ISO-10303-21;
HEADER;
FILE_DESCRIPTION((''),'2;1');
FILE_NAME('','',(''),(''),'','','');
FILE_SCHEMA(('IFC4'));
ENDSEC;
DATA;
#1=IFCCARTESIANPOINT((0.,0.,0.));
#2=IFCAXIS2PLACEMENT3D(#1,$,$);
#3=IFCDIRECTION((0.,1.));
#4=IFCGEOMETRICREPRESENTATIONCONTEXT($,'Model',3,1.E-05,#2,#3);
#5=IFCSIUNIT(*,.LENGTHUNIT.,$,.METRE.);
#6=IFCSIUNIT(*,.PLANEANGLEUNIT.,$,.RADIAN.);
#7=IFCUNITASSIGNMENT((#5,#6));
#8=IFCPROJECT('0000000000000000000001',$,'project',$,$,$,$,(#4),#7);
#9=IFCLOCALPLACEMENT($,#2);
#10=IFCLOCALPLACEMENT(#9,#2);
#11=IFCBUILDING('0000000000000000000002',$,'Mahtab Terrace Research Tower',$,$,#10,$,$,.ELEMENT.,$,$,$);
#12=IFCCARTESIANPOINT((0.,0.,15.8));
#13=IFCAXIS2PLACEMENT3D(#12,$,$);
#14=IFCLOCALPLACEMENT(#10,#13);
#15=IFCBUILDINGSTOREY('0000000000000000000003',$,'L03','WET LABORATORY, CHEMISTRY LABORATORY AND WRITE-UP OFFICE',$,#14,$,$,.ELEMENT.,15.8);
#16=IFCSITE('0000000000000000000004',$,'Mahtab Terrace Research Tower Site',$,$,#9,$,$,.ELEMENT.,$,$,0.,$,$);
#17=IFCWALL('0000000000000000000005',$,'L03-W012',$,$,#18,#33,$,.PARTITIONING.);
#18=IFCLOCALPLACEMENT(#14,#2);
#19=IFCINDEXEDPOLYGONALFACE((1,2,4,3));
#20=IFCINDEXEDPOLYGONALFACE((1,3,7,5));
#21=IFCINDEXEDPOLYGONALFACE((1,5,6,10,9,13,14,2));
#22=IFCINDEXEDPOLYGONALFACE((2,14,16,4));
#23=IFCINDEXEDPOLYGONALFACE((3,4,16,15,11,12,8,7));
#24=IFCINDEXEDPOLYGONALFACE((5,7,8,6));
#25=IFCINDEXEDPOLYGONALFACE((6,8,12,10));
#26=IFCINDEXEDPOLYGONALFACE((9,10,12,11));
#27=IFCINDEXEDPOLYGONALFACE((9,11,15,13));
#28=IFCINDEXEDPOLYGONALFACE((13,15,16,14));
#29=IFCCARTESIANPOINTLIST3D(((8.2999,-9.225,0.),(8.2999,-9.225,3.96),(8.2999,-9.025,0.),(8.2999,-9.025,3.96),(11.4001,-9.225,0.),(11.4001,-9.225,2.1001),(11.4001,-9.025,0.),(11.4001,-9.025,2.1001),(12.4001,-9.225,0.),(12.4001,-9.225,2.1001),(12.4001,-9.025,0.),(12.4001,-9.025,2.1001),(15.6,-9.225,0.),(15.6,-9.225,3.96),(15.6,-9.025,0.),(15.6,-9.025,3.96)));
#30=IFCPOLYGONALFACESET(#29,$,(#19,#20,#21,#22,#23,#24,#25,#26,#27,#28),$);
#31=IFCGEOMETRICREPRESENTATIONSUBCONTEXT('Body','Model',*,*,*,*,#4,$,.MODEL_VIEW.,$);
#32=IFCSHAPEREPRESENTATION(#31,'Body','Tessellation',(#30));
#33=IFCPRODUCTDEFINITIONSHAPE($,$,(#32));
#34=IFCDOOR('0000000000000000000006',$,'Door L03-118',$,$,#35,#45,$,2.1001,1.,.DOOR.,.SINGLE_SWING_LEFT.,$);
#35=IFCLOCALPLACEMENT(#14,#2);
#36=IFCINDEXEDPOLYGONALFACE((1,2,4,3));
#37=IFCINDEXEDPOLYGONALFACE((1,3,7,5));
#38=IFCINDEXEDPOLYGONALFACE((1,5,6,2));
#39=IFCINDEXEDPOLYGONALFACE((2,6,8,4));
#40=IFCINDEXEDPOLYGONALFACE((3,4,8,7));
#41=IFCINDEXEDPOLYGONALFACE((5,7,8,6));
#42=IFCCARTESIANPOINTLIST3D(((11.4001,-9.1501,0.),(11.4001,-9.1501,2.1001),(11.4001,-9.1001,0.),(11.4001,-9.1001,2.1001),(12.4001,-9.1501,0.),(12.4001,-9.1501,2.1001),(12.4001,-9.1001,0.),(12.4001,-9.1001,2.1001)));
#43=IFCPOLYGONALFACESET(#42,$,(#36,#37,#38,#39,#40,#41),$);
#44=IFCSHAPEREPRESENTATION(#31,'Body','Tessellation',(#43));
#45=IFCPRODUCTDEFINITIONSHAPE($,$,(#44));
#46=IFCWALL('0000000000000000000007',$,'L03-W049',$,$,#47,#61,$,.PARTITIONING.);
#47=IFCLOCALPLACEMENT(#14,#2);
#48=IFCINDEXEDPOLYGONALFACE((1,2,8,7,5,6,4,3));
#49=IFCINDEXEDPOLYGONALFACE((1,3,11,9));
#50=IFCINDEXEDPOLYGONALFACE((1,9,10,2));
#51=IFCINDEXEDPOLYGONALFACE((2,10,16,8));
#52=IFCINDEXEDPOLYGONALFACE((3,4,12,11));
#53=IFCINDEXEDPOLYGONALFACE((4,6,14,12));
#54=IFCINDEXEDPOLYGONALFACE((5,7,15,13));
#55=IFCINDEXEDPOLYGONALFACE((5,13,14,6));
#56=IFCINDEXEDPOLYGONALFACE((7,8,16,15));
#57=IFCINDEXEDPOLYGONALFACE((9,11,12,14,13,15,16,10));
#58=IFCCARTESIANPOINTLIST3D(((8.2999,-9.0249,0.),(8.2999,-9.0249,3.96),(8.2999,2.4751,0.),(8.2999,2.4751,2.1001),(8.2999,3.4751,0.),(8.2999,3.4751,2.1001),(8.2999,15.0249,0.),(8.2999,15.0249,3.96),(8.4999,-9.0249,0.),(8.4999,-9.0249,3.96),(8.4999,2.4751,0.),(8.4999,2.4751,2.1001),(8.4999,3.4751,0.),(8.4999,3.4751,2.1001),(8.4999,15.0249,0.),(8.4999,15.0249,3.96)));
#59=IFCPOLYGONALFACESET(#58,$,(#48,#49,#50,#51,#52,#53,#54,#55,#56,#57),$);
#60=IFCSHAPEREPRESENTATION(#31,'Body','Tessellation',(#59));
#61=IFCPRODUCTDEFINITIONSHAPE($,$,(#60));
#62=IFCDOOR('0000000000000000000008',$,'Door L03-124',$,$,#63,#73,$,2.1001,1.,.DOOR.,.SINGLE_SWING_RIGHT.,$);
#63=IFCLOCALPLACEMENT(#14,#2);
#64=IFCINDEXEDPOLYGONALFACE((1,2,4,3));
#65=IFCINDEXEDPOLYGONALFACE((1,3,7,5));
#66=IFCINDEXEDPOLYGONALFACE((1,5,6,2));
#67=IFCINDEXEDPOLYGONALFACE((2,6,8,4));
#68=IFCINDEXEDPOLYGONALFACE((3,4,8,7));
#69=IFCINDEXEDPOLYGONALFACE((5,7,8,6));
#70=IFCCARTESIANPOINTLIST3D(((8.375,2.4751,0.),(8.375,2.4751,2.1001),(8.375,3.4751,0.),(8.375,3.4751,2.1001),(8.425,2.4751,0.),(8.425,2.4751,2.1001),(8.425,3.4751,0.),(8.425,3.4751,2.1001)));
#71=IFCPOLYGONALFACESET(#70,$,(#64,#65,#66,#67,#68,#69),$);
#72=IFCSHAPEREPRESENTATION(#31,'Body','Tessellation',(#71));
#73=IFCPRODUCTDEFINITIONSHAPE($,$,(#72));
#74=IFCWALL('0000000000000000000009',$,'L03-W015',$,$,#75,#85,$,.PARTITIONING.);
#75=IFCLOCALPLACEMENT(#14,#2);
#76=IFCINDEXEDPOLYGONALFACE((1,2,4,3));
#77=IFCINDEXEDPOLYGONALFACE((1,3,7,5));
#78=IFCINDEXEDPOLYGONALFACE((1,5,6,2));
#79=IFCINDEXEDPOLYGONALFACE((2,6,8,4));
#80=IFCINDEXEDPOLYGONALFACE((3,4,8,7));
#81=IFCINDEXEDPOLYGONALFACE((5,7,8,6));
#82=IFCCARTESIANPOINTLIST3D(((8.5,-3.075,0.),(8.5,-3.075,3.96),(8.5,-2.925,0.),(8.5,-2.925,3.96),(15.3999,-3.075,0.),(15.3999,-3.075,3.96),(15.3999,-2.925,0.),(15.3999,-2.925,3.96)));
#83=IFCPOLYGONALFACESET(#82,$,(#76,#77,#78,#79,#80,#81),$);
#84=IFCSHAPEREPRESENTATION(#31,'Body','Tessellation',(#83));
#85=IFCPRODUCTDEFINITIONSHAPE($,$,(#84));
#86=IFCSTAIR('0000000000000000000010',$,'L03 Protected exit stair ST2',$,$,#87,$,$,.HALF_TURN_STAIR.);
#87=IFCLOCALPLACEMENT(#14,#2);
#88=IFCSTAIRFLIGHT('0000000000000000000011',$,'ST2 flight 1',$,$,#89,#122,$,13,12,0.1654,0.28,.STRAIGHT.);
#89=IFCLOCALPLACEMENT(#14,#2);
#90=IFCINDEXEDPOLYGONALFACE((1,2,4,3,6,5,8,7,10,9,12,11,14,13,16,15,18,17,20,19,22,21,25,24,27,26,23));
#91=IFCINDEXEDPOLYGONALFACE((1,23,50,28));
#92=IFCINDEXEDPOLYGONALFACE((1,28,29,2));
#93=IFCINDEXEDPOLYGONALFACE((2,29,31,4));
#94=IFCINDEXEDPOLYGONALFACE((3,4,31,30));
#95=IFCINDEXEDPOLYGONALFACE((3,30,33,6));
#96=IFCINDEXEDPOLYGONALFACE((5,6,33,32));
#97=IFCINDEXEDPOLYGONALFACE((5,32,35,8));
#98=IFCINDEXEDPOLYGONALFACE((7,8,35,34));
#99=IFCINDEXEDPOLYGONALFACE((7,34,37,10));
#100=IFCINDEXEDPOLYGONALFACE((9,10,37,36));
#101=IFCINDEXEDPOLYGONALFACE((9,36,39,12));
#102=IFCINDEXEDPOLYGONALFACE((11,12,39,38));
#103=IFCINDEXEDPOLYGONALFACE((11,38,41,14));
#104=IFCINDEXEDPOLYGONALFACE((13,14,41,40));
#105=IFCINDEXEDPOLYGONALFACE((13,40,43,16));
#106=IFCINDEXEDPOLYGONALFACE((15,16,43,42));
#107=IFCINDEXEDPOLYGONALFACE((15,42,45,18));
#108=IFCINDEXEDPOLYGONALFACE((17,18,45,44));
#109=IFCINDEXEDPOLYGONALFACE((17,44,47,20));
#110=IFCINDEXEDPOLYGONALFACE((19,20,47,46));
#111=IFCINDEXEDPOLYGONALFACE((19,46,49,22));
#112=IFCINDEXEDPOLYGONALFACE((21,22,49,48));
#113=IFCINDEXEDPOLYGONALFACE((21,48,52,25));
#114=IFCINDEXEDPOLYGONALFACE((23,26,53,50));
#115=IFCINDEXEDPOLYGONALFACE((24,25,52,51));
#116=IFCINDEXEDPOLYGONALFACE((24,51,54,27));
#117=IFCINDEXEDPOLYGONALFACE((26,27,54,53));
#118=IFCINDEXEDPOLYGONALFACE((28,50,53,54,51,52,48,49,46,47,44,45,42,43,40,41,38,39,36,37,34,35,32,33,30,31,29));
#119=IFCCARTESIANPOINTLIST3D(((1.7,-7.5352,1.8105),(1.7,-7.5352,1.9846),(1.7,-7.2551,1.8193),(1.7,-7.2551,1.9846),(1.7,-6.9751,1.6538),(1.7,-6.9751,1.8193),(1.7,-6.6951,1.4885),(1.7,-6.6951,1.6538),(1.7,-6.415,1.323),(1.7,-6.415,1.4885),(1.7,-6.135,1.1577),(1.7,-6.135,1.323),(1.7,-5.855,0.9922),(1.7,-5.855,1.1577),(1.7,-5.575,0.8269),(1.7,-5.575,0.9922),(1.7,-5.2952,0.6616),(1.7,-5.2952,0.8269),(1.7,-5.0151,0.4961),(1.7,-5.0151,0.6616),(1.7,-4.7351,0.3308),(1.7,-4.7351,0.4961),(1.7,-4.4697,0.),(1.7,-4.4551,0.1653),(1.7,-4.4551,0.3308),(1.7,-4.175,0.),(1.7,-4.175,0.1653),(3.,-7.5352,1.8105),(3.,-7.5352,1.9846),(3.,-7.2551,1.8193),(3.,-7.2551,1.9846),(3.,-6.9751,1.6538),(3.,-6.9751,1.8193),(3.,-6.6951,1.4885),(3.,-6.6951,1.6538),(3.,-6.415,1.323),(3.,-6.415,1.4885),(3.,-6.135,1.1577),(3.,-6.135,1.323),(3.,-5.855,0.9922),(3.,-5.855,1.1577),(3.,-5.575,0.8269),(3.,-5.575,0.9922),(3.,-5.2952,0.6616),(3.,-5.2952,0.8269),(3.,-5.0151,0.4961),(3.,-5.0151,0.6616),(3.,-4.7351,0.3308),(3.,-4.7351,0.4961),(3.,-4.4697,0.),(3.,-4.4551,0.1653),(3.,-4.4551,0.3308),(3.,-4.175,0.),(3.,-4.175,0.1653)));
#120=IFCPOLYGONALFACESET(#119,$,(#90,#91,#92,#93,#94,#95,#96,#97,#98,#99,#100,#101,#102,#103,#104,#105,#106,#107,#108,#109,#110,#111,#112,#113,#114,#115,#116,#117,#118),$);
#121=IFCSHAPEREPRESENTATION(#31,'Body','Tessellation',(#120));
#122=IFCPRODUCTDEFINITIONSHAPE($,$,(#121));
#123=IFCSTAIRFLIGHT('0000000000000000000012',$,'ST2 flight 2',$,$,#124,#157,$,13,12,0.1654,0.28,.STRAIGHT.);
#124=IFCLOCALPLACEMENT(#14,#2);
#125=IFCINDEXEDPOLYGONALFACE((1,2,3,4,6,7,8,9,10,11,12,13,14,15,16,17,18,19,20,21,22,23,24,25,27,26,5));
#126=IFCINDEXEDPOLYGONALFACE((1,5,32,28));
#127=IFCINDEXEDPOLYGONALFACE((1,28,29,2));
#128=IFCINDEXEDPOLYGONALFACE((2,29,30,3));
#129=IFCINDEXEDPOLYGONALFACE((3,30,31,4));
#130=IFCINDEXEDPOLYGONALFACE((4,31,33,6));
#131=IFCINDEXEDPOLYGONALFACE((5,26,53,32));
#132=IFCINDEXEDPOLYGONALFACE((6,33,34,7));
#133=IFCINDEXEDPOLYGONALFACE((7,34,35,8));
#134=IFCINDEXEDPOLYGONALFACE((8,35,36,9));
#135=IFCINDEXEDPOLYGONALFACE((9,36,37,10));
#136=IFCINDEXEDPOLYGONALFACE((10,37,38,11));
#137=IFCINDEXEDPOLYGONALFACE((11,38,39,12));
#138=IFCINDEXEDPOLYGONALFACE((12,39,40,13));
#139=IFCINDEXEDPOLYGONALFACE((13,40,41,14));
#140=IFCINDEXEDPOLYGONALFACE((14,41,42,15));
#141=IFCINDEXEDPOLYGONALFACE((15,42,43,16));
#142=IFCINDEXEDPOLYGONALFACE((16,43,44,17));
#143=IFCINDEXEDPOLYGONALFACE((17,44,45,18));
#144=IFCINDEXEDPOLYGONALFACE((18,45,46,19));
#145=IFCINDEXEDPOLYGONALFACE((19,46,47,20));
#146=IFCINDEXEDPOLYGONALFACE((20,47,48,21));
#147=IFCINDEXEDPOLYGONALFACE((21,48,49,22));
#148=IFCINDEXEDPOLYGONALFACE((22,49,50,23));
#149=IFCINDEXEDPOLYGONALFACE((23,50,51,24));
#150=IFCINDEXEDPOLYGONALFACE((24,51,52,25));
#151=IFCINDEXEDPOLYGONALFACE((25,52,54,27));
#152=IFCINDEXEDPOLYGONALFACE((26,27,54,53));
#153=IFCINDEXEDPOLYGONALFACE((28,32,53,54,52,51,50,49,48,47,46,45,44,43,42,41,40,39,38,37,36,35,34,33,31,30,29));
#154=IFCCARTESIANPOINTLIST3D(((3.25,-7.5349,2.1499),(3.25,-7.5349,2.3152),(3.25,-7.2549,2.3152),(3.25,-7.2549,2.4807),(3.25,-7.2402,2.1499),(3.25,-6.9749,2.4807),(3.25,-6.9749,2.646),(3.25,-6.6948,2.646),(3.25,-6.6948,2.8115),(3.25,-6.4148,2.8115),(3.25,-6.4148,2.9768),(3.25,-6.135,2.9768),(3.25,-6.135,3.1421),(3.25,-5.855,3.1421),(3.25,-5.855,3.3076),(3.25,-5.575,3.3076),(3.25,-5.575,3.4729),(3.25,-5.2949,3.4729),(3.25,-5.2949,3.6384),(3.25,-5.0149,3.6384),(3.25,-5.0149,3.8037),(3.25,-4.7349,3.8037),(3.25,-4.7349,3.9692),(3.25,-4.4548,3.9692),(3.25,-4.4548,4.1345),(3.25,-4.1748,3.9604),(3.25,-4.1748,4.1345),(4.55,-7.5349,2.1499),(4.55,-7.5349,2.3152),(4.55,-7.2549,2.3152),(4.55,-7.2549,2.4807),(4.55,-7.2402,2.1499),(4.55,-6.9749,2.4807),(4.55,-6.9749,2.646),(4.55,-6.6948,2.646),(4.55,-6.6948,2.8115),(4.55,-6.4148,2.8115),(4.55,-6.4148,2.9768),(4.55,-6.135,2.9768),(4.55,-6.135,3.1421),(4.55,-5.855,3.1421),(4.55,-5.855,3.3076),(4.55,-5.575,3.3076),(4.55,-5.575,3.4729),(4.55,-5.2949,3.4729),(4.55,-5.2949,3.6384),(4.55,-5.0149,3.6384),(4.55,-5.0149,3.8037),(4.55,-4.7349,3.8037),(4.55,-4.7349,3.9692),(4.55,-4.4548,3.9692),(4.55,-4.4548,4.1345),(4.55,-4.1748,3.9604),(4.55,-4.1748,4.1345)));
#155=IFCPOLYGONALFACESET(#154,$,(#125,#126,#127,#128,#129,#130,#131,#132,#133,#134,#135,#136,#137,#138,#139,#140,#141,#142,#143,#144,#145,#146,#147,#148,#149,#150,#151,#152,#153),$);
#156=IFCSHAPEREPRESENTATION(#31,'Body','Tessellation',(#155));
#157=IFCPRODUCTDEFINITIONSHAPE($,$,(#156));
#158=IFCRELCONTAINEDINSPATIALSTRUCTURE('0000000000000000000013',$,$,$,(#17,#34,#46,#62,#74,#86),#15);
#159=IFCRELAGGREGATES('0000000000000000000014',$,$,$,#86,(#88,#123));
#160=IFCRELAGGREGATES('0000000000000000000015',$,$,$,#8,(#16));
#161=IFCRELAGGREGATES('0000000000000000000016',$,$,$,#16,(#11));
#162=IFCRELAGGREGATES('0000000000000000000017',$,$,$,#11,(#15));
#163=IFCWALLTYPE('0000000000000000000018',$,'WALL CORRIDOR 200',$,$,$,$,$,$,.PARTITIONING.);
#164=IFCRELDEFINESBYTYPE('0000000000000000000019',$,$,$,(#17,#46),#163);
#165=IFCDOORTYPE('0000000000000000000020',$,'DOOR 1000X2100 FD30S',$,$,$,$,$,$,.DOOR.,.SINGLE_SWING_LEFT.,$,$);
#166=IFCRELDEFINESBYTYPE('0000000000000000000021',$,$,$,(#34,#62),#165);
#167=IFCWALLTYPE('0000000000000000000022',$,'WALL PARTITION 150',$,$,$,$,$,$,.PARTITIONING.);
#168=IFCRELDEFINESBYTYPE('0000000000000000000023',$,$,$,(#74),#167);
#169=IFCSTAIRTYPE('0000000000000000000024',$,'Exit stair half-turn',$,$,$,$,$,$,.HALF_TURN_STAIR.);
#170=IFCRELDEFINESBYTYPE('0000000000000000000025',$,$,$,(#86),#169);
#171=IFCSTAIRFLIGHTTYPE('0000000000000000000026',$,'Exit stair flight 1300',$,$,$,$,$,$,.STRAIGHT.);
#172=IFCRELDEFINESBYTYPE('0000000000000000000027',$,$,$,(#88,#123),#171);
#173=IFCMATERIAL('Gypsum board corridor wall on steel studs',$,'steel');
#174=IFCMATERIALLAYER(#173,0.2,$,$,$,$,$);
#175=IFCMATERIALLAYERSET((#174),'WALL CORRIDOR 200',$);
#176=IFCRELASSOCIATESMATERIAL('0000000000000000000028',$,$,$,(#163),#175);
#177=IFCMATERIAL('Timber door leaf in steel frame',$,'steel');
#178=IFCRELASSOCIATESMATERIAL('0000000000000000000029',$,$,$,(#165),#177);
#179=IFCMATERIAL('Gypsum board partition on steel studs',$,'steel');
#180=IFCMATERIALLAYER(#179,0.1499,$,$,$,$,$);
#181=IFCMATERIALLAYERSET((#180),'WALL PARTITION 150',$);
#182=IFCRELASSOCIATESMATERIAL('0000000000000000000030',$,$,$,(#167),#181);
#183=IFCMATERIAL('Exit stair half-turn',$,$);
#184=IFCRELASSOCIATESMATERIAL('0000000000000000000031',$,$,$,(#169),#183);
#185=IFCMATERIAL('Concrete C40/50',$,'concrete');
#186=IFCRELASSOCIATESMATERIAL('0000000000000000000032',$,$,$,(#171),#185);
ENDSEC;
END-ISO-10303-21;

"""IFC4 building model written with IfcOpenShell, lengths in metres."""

from ifc_helpers import new_model, si_unit, direction, frame, frame_2d, origin, place, context, subcontext, project, spatial, polyline, rectangle, outline, extrude, material, layer, layer_set, type_object, element, fill, aggregate, save


model = new_model("IFC4")

# Units and contexts
model_context = context("Model", 3, precision=1e-05, world=origin(), true_north=direction((0.0, 1.0)))
body_context = subcontext(model_context, "Body", "Model", "MODEL_VIEW")
ifc_project = project(units=[si_unit("LENGTHUNIT", "METRE"), si_unit("PLANEANGLEUNIT", "RADIAN")], contexts=[model_context])

# Site, building, storey
site_placement = place(None, origin())
site = spatial("IfcSite", under=ifc_project, at=site_placement, Name="Mahtab Terrace Research Tower Site", CompositionType="ELEMENT", RefElevation=0.0)
building_placement = place(site_placement, origin())
building = spatial("IfcBuilding", under=site, at=building_placement, Name="Mahtab Terrace Research Tower", CompositionType="ELEMENT")
storey_placement = place(building_placement, frame((0.0, 0.0, 15.8)))
storey = spatial("IfcBuildingStorey", under=building, at=storey_placement, Name="L03", Description="WET LABORATORY, CHEMISTRY LABORATORY AND WRITE-UP OFFICE", CompositionType="ELEMENT", Elevation=15.8)

# Shared definitions
ifc_material_1 = material(Name="Gypsum board corridor wall on steel studs", Category="steel")
ifc_layer_1 = layer(ifc_material_1, 0.2)
ifc_layer_set_1 = layer_set([ifc_layer_1], Name="WALL CORRIDOR 200")
wall_type_1 = type_object("IfcWallType", Name="WALL CORRIDOR 200", PredefinedType="PARTITIONING", material=ifc_layer_set_1)
ifc_material_2 = material(Name="Timber door leaf in steel frame", Category="steel")

# Walls, openings, doors
wall_1_placement = place(storey_placement, frame((8.3, -9.125, 0.0), z_axis=(0.0, 0.0, 1.0), x_axis=(1.0, 0.0, 0.0)))
wall_1 = element("IfcWall", 1, at=wall_1_placement, inside=storey, type_object=wall_type_1, Name="L03-W012", PredefinedType="PARTITIONING", context=body_context, shape_type="SweptSolid", body=[
    extrude(rectangle(XDim=7.3, YDim=0.2, at=frame_2d((3.6499, 0.0))), origin(), (0.0, 0.0, 1.0), 3.96),
])
opening_1_placement = place(wall_1_placement, frame((3.1001, 0.0, 0.0)))
opening_1 = element("IfcOpeningElement", 2, at=opening_1_placement, cuts=wall_1, PredefinedType="OPENING", context=body_context, shape_type="SweptSolid", body=[
    extrude(rectangle(XDim=1.0, YDim=2.1001, at=frame_2d((0.5, 1.05))), frame((0.0, 0.1099, 0.0), z_axis=(0.0, -1.0, 0.0), x_axis=(1.0, 0.0, 0.0)), (0.0, 0.0, 1.0), 0.22),
])
door_type_1 = type_object("IfcDoorType", Name="DOOR 1000X2100 FD30S", OperationType="SINGLE_SWING_LEFT", PredefinedType="DOOR", material=ifc_material_2)
door_1_placement = place(opening_1_placement, origin())
door_1 = element("IfcDoor", 3, at=door_1_placement, inside=storey, type_object=door_type_1, Name="Door L03-118", OperationType="SINGLE_SWING_LEFT", OverallHeight=2.1001, OverallWidth=1.0, PredefinedType="DOOR", context=body_context, shape_type="SweptSolid", body=[
    extrude(rectangle(XDim=1.0, YDim=2.1001, at=frame_2d((0.5, 1.05))), frame((0.0, 0.0249, 0.0), z_axis=(0.0, -1.0, 0.0), x_axis=(1.0, 0.0, 0.0)), (0.0, 0.0, 1.0), 0.05),
])
fill(opening_1, door_1)
wall_2_placement = place(storey_placement, frame((8.3999, -9.0249, 0.0), z_axis=(0.0, 0.0, 1.0), x_axis=(0.0, 1.0, 0.0)))
wall_2 = element("IfcWall", 4, at=wall_2_placement, inside=storey, type_object=wall_type_1, Name="L03-W049", PredefinedType="PARTITIONING", context=body_context, shape_type="SweptSolid", body=[
    extrude(rectangle(XDim=24.0498, YDim=0.2, at=frame_2d((12.0249, 0.0))), origin(), (0.0, 0.0, 1.0), 3.96),
])
opening_2_placement = place(wall_2_placement, frame((11.5, 0.0, 0.0)))
opening_2 = element("IfcOpeningElement", 5, at=opening_2_placement, cuts=wall_2, PredefinedType="OPENING", context=body_context, shape_type="SweptSolid", body=[
    extrude(rectangle(XDim=1.0, YDim=2.1001, at=frame_2d((0.5, 1.05))), frame((0.0, 0.1099, 0.0), z_axis=(0.0, -1.0, 0.0), x_axis=(1.0, 0.0, 0.0)), (0.0, 0.0, 1.0), 0.22),
])
door_2_placement = place(opening_2_placement, origin())
door_2 = element("IfcDoor", 6, at=door_2_placement, inside=storey, type_object=door_type_1, Name="Door L03-124", OperationType="SINGLE_SWING_RIGHT", OverallHeight=2.1001, OverallWidth=1.0, PredefinedType="DOOR", context=body_context, shape_type="SweptSolid", body=[
    extrude(rectangle(XDim=1.0, YDim=2.1001, at=frame_2d((0.5, 1.05))), frame((0.0, 0.0249, 0.0), z_axis=(0.0, -1.0, 0.0), x_axis=(1.0, 0.0, 0.0)), (0.0, 0.0, 1.0), 0.05),
])
fill(opening_2, door_2)

# Wall
ifc_material_3 = material(Name="Gypsum board partition on steel studs", Category="steel")
ifc_layer_2 = layer(ifc_material_3, 0.1499)
ifc_layer_set_2 = layer_set([ifc_layer_2], Name="WALL PARTITION 150")
wall_type_2 = type_object("IfcWallType", Name="WALL PARTITION 150", PredefinedType="PARTITIONING", material=ifc_layer_set_2)
wall_3_placement = place(storey_placement, frame((8.5, -3.0, 0.0), z_axis=(0.0, 0.0, 1.0), x_axis=(1.0, 0.0, 0.0)))
element("IfcWall", 7, at=wall_3_placement, inside=storey, type_object=wall_type_2, Name="L03-W015", PredefinedType="PARTITIONING", context=body_context, shape_type="SweptSolid", body=[
    extrude(rectangle(XDim=6.8999, YDim=0.1499, at=frame_2d((3.45, 0.0))), origin(), (0.0, 0.0, 1.0), 3.96),
])

# Stair, stair flights
ifc_material_4 = material(Name="Exit stair half-turn")
stair_type = type_object("IfcStairType", Name="Exit stair half-turn", PredefinedType="HALF_TURN_STAIR", material=ifc_material_4)
stair_placement = place(storey_placement, origin())
stair = element("IfcStair", 8, at=stair_placement, inside=storey, type_object=stair_type, Name="L03 Protected exit stair ST2", PredefinedType="HALF_TURN_STAIR")
ifc_material_5 = material(Name="Concrete C40/50", Category="concrete")
stair_flight_type = type_object("IfcStairFlightType", Name="Exit stair flight 1300", PredefinedType="STRAIGHT", material=ifc_material_5)
stair_flight_1_placement = place(storey_placement, frame((2.3501, -4.175, 0.0), z_axis=(0.0, 0.0, 1.0), x_axis=(0.0, -1.0, 0.0)))
stair_flight_1 = element("IfcStairFlight", 9, at=stair_flight_1_placement, type_object=stair_flight_type, Name="ST2 flight 1", NumberOfRisers=13, NumberOfTreads=12, PredefinedType="STRAIGHT", RiserHeight=0.1654, TreadLength=0.28, context=body_context, shape_type="SweptSolid", body=[
    extrude(outline(polyline([(0.0, 0.0), (0.0, 0.1653), (0.28, 0.1653), (0.28, 0.3308), (0.5601, 0.3308), (0.5601, 0.4961), (0.8401, 0.4961), (0.8401, 0.6616), (1.1201, 0.6616), (1.1201, 0.8269), (1.3999, 0.8269), (1.3999, 0.9922), (1.6799, 0.9922), (1.6799, 1.1577), (1.96, 1.1577), (1.96, 1.323), (2.24, 1.323), (2.24, 1.4885), (2.52, 1.4885), (2.52, 1.6538), (2.8, 1.6538), (2.8, 1.8193), (3.0801, 1.8193), (3.0801, 1.9846), (3.3601, 1.9846), (3.3601, 2.1499), (3.3601, 1.8105), (0.2947, 0.0), (0.0, 0.0)])), frame((0.0, 0.6499, 0.0), z_axis=(0.0, -1.0, 0.0), x_axis=(1.0, 0.0, 0.0)), (0.0, 0.0, 1.0), 1.3),
])
stair_flight_2_placement = place(storey_placement, frame((3.8999, -7.5349, 2.1499), z_axis=(0.0, 0.0, 1.0), x_axis=(0.0, 1.0, 0.0)))
stair_flight_2 = element("IfcStairFlight", 10, at=stair_flight_2_placement, type_object=stair_flight_type, Name="ST2 flight 2", NumberOfRisers=13, NumberOfTreads=12, PredefinedType="STRAIGHT", RiserHeight=0.1654, TreadLength=0.28, context=body_context, shape_type="SweptSolid", body=[
    extrude(outline(polyline([(0.0, 0.0), (0.0, 0.1653), (0.28, 0.1653), (0.28, 0.3308), (0.5601, 0.3308), (0.5601, 0.4961), (0.8401, 0.4961), (0.8401, 0.6616), (1.1201, 0.6616), (1.1201, 0.8269), (1.3999, 0.8269), (1.3999, 0.9922), (1.6799, 0.9922), (1.6799, 1.1577), (1.96, 1.1577), (1.96, 1.323), (2.24, 1.323), (2.24, 1.4885), (2.52, 1.4885), (2.52, 1.6538), (2.8, 1.6538), (2.8, 1.8193), (3.0801, 1.8193), (3.0801, 1.9846), (3.3601, 1.9846), (3.3601, 2.1499), (3.3601, 1.8105), (0.2947, 0.0), (0.0, 0.0)])), frame((0.0, 0.6499, 0.0), z_axis=(0.0, -1.0, 0.0), x_axis=(1.0, 0.0, 0.0)), (0.0, 0.0, 1.0), 1.3),
])
aggregate(stair, [stair_flight_1, stair_flight_2])

save(model, "model.ifc")
